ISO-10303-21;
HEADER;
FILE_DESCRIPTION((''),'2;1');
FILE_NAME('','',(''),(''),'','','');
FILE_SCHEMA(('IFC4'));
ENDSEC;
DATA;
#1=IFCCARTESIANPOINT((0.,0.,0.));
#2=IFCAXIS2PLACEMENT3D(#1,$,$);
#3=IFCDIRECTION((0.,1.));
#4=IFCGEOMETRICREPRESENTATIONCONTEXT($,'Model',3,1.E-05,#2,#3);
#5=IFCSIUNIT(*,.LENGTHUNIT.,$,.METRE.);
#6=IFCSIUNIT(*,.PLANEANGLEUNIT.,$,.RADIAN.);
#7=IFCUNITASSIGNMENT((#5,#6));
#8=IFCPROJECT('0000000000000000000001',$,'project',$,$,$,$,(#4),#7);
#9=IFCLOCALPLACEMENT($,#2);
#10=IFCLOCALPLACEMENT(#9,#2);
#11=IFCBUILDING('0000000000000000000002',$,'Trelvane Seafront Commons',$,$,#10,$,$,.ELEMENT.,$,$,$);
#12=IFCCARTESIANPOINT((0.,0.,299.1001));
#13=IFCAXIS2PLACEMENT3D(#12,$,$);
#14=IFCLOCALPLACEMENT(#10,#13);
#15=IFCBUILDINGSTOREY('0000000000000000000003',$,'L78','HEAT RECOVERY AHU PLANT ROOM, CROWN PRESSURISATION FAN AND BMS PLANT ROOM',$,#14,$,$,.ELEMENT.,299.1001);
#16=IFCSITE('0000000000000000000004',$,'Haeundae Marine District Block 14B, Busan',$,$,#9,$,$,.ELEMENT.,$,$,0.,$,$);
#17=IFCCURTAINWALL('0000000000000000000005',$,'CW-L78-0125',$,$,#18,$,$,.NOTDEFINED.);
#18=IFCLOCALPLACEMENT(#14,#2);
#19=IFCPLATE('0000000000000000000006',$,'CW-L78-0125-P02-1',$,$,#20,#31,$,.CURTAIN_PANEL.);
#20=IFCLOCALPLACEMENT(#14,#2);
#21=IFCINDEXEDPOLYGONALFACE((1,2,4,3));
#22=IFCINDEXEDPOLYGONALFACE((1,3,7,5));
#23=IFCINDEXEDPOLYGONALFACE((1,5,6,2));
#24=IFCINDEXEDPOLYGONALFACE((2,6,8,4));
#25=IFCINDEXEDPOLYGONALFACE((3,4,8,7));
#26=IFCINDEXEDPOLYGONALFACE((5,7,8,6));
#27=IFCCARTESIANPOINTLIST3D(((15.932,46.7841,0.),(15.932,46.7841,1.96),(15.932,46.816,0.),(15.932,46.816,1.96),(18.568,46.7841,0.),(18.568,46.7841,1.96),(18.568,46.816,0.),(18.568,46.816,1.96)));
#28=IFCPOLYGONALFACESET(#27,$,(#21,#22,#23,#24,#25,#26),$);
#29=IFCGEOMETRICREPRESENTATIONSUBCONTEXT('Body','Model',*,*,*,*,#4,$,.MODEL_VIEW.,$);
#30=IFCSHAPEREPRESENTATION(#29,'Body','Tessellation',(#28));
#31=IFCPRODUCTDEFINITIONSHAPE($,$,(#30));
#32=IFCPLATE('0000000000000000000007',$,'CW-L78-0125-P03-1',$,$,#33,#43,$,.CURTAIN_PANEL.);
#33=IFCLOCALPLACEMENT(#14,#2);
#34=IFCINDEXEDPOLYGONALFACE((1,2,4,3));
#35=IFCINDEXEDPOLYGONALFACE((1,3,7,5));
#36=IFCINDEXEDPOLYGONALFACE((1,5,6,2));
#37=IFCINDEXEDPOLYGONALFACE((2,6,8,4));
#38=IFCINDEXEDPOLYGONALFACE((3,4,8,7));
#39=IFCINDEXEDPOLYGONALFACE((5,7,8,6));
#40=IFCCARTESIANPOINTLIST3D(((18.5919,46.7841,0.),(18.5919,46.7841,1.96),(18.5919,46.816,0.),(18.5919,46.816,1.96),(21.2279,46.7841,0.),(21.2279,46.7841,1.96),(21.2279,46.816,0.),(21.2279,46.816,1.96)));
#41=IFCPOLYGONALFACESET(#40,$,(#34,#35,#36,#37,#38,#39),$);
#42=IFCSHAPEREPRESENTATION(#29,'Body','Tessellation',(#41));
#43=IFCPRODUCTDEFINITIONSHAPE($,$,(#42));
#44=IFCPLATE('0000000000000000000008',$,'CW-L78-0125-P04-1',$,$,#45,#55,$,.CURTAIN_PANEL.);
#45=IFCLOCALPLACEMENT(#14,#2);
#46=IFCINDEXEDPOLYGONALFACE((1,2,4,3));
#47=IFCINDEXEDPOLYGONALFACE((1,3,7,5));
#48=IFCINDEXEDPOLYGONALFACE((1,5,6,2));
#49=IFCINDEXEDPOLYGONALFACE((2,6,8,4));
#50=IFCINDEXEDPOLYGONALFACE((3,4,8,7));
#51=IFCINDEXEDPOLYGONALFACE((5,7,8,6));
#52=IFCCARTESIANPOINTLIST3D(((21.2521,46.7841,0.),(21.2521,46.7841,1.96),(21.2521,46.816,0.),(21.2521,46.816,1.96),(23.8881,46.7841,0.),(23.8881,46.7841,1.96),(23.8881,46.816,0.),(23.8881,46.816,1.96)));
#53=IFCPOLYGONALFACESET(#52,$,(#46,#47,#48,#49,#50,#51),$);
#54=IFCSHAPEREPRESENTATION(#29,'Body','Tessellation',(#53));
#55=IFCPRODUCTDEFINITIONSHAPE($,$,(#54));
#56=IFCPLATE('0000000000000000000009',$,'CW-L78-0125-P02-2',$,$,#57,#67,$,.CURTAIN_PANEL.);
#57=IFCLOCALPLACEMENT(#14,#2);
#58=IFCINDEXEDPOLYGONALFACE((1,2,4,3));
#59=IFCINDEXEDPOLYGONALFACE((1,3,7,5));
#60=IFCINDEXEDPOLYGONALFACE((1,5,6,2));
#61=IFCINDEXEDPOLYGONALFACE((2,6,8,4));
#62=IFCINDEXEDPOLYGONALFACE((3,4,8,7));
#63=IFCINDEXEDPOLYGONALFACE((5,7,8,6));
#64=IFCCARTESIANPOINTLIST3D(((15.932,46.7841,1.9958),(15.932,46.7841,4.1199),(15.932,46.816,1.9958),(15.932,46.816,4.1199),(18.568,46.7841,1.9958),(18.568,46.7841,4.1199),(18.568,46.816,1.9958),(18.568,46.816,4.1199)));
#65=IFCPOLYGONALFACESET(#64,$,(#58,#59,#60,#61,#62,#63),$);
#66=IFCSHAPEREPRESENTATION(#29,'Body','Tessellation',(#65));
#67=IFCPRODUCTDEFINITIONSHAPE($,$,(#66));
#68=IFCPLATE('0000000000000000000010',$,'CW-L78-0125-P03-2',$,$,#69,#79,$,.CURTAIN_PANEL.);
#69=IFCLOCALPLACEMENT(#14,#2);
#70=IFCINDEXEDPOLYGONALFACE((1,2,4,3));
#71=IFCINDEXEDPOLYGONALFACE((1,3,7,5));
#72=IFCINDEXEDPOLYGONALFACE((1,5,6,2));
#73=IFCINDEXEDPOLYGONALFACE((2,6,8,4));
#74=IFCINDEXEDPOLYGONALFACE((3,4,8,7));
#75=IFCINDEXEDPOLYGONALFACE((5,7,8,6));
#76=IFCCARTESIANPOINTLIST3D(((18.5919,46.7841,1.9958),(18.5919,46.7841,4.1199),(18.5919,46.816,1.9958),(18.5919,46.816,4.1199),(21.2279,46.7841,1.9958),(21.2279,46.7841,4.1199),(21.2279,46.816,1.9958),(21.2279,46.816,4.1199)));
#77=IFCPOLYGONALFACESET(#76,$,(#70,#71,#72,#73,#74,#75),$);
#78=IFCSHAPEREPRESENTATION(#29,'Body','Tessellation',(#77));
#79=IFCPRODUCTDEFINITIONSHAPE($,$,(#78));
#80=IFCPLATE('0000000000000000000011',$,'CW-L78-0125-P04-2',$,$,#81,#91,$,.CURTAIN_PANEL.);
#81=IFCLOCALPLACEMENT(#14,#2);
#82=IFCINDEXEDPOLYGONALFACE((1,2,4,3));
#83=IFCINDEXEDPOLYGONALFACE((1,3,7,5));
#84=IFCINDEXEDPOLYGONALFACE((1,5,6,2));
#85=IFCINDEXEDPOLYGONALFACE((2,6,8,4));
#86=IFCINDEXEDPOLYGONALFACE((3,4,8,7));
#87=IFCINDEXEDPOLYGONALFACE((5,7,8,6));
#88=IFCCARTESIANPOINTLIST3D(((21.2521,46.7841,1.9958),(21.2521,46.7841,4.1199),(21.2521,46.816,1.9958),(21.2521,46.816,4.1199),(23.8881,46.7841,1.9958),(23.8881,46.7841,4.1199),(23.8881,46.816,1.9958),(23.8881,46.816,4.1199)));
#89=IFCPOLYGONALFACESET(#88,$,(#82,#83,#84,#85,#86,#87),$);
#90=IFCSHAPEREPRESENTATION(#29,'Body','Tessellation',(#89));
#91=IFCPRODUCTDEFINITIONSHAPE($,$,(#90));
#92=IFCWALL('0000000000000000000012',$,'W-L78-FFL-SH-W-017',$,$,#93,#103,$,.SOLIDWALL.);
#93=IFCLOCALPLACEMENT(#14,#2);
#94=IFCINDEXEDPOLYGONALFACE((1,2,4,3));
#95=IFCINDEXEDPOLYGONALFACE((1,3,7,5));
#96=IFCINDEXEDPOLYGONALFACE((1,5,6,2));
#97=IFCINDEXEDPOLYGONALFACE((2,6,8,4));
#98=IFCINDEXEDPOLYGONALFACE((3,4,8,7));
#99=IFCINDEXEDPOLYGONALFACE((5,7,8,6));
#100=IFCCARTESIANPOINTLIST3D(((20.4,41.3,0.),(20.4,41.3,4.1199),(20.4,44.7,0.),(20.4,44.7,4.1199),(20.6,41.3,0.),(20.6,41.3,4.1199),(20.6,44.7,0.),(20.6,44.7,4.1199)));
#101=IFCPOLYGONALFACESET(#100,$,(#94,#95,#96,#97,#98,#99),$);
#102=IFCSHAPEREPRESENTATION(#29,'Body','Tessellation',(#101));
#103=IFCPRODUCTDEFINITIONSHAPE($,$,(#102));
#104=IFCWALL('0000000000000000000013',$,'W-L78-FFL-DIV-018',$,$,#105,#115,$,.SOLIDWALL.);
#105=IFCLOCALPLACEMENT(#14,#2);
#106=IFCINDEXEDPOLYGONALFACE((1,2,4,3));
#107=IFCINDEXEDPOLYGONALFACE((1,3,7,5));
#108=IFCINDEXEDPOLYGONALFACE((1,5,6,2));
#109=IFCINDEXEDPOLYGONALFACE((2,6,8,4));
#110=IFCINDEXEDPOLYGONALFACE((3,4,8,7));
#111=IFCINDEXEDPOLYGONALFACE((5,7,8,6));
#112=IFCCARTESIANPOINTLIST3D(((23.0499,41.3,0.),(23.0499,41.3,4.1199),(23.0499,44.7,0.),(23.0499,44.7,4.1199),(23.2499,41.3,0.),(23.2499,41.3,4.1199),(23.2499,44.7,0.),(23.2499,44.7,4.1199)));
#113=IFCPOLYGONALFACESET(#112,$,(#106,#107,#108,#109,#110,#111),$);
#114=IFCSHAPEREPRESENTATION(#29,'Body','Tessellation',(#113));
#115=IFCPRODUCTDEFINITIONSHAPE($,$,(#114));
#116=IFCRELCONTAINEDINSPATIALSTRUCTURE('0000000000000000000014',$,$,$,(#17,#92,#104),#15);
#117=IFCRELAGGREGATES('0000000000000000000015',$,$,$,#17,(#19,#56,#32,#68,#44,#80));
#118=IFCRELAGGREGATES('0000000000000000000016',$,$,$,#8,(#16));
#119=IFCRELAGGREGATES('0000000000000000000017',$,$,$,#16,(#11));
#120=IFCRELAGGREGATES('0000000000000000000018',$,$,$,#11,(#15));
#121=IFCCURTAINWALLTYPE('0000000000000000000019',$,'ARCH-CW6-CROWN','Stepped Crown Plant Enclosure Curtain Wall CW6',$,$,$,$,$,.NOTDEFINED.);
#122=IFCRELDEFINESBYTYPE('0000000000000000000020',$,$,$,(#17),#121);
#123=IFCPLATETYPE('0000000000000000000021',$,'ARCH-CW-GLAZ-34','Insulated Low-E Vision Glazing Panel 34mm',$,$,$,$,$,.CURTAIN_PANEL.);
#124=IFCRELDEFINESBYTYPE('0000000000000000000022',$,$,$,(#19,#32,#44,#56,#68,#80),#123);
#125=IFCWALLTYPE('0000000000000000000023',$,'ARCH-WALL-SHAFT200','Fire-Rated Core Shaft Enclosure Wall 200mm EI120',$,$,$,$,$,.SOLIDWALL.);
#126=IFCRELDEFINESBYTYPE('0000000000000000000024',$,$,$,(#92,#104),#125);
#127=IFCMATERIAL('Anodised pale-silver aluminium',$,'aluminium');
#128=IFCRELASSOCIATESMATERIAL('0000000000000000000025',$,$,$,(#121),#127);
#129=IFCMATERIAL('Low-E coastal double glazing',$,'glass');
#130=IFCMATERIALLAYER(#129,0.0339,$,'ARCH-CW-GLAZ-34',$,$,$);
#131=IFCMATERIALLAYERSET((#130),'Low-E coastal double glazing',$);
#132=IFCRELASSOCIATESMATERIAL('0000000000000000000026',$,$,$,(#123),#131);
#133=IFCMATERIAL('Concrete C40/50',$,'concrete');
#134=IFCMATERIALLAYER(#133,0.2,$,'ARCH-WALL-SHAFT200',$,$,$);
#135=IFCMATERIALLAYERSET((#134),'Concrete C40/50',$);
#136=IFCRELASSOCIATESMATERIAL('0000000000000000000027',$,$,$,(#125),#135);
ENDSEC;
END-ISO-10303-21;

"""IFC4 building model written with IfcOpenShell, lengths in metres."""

from ifc_helpers import new_model, si_unit, direction, frame, frame_2d, origin, origin_2d, place, context, subcontext, project, spatial, rectangle, extrude, source, transform, mapped, material, layer, layer_set, type_object, element, aggregate, save


model = new_model("IFC4")

# Units and contexts
model_context = context("Model", 3, precision=1e-05, world=origin(), true_north=direction((0.0, 1.0)))
body_context = subcontext(model_context, "Body", "Model", "MODEL_VIEW")
ifc_project = project(units=[si_unit("LENGTHUNIT", "METRE"), si_unit("PLANEANGLEUNIT", "RADIAN")], contexts=[model_context])

# Site, building, storey
site_placement = place(None, origin())
site = spatial("IfcSite", under=ifc_project, at=site_placement, Name="Haeundae Marine District Block 14B, Busan", CompositionType="ELEMENT", RefElevation=0.0)
building_placement = place(site_placement, origin())
building = spatial("IfcBuilding", under=site, at=building_placement, Name="Trelvane Seafront Commons", CompositionType="ELEMENT")
storey_placement = place(building_placement, frame((0.0, 0.0, 299.1001)))
storey = spatial("IfcBuildingStorey", under=building, at=storey_placement, Name="L78", Description="HEAT RECOVERY AHU PLANT ROOM, CROWN PRESSURISATION FAN AND BMS PLANT ROOM", CompositionType="ELEMENT", Elevation=299.1001)

# Curtain wall
ifc_material_1 = material(Name="Anodised pale-silver aluminium", Category="aluminium")
curtain_wall_type = type_object("IfcCurtainWallType", Name="ARCH-CW6-CROWN", Description="Stepped Crown Plant Enclosure Curtain Wall CW6", PredefinedType="NOTDEFINED", material=ifc_material_1)
curtain_wall_placement = place(storey_placement, origin())
curtain_wall = element("IfcCurtainWall", 1, at=curtain_wall_placement, inside=storey, type_object=curtain_wall_type, Name="CW-L78-0125", PredefinedType="NOTDEFINED")

# Plates
ifc_material_2 = material(Name="Low-E coastal double glazing", Category="glass")
ifc_layer_1 = layer(ifc_material_2, 0.0339, Name="ARCH-CW-GLAZ-34")
ifc_layer_set_1 = layer_set([ifc_layer_1], Name="Low-E coastal double glazing")
plate_type_1 = type_object("IfcPlateType", Name="ARCH-CW-GLAZ-34", Description="Insulated Low-E Vision Glazing Panel 34mm", PredefinedType="CURTAIN_PANEL", material=ifc_layer_set_1)
shared_shape_1 = source(origin(), body_context, "Body", "SweptSolid", [
    extrude(rectangle(XDim=2.636, YDim=0.032, at=origin_2d()), origin(), (0.0, 0.0, 1.0), 1.96),
])
plate_1_placement = place(storey_placement, frame((17.25, 46.8, 0.0), z_axis=(0.0, 0.0, 1.0), x_axis=(1.0, 0.0, 0.0)))
plate_1 = element("IfcPlate", 2, at=plate_1_placement, type_object=plate_type_1, Name="CW-L78-0125-P02-1", PredefinedType="CURTAIN_PANEL", context=body_context, shape_type="MappedRepresentation", body=[
    mapped(shared_shape_1, transform((0.0, 0.0, 0.0), x_axis=(1.0, 0.0, 0.0), y_axis=(0.0, 1.0, 0.0), z_axis=(0.0, 0.0, 1.0), scale=1.0)),
])
plate_2_placement = place(storey_placement, frame((19.9099, 46.8, 0.0), z_axis=(0.0, 0.0, 1.0), x_axis=(1.0, 0.0, 0.0)))
plate_2 = element("IfcPlate", 3, at=plate_2_placement, type_object=plate_type_1, Name="CW-L78-0125-P03-1", PredefinedType="CURTAIN_PANEL", context=body_context, shape_type="MappedRepresentation", body=[
    mapped(shared_shape_1, transform((0.0, 0.0, 0.0), x_axis=(1.0, 0.0, 0.0), y_axis=(0.0, 1.0, 0.0), z_axis=(0.0, 0.0, 1.0), scale=1.0)),
])
plate_3_placement = place(storey_placement, frame((22.5701, 46.8, 0.0), z_axis=(0.0, 0.0, 1.0), x_axis=(1.0, 0.0, 0.0)))
plate_3 = element("IfcPlate", 4, at=plate_3_placement, type_object=plate_type_1, Name="CW-L78-0125-P04-1", PredefinedType="CURTAIN_PANEL", context=body_context, shape_type="MappedRepresentation", body=[
    mapped(shared_shape_1, transform((0.0, 0.0, 0.0), x_axis=(1.0, 0.0, 0.0), y_axis=(0.0, 1.0, 0.0), z_axis=(0.0, 0.0, 1.0), scale=1.0)),
])
shared_shape_2 = source(origin(), body_context, "Body", "SweptSolid", [
    extrude(rectangle(XDim=2.636, YDim=0.032, at=origin_2d()), origin(), (0.0, 0.0, 1.0), 2.124),
])
plate_4_placement = place(storey_placement, frame((17.25, 46.8, 1.9958), z_axis=(0.0, 0.0, 1.0), x_axis=(1.0, 0.0, 0.0)))
plate_4 = element("IfcPlate", 5, at=plate_4_placement, type_object=plate_type_1, Name="CW-L78-0125-P02-2", PredefinedType="CURTAIN_PANEL", context=body_context, shape_type="MappedRepresentation", body=[
    mapped(shared_shape_2, transform((0.0, 0.0, 0.0), x_axis=(1.0, 0.0, 0.0), y_axis=(0.0, 1.0, 0.0), z_axis=(0.0, 0.0, 1.0), scale=1.0)),
])
plate_5_placement = place(storey_placement, frame((19.9099, 46.8, 1.9958), z_axis=(0.0, 0.0, 1.0), x_axis=(1.0, 0.0, 0.0)))
plate_5 = element("IfcPlate", 6, at=plate_5_placement, type_object=plate_type_1, Name="CW-L78-0125-P03-2", PredefinedType="CURTAIN_PANEL", context=body_context, shape_type="MappedRepresentation", body=[
    mapped(shared_shape_2, transform((0.0, 0.0, 0.0), x_axis=(1.0, 0.0, 0.0), y_axis=(0.0, 1.0, 0.0), z_axis=(0.0, 0.0, 1.0), scale=1.0)),
])
plate_6_placement = place(storey_placement, frame((22.5701, 46.8, 1.9958), z_axis=(0.0, 0.0, 1.0), x_axis=(1.0, 0.0, 0.0)))
plate_6 = element("IfcPlate", 7, at=plate_6_placement, type_object=plate_type_1, Name="CW-L78-0125-P04-2", PredefinedType="CURTAIN_PANEL", context=body_context, shape_type="MappedRepresentation", body=[
    mapped(shared_shape_2, transform((0.0, 0.0, 0.0), x_axis=(1.0, 0.0, 0.0), y_axis=(0.0, 1.0, 0.0), z_axis=(0.0, 0.0, 1.0), scale=1.0)),
])
aggregate(curtain_wall, [plate_1, plate_4, plate_2, plate_5, plate_3, plate_6])

# Walls
ifc_material_3 = material(Name="Concrete C40/50", Category="concrete")
ifc_layer_2 = layer(ifc_material_3, 0.2, Name="ARCH-WALL-SHAFT200")
ifc_layer_set_2 = layer_set([ifc_layer_2], Name="Concrete C40/50")
wall_type = type_object("IfcWallType", Name="ARCH-WALL-SHAFT200", Description="Fire-Rated Core Shaft Enclosure Wall 200mm EI120", PredefinedType="SOLIDWALL", material=ifc_layer_set_2)
for number, where, z_axis, x_axis, name in (
    (8, (20.5, 41.3, 0.0), (0.0, 0.0, 1.0), (0.0, 1.0, 0.0), "W-L78-FFL-SH-W-017"),
    (9, (23.1499, 41.3, 0.0), (0.0, 0.0, 1.0), (0.0, 1.0, 0.0), "W-L78-FFL-DIV-018"),
):
    element("IfcWall", number, at=place(storey_placement, frame(where, z_axis=z_axis, x_axis=x_axis)), inside=storey, type_object=wall_type, Name=name, PredefinedType="SOLIDWALL", context=body_context, shape_type="SweptSolid", body=[
        extrude(rectangle(XDim=3.3999, YDim=0.2, at=frame_2d((1.7, 0.0))), origin(), (0.0, 0.0, 1.0), 4.1199),
    ])

save(model, "model.ifc")
